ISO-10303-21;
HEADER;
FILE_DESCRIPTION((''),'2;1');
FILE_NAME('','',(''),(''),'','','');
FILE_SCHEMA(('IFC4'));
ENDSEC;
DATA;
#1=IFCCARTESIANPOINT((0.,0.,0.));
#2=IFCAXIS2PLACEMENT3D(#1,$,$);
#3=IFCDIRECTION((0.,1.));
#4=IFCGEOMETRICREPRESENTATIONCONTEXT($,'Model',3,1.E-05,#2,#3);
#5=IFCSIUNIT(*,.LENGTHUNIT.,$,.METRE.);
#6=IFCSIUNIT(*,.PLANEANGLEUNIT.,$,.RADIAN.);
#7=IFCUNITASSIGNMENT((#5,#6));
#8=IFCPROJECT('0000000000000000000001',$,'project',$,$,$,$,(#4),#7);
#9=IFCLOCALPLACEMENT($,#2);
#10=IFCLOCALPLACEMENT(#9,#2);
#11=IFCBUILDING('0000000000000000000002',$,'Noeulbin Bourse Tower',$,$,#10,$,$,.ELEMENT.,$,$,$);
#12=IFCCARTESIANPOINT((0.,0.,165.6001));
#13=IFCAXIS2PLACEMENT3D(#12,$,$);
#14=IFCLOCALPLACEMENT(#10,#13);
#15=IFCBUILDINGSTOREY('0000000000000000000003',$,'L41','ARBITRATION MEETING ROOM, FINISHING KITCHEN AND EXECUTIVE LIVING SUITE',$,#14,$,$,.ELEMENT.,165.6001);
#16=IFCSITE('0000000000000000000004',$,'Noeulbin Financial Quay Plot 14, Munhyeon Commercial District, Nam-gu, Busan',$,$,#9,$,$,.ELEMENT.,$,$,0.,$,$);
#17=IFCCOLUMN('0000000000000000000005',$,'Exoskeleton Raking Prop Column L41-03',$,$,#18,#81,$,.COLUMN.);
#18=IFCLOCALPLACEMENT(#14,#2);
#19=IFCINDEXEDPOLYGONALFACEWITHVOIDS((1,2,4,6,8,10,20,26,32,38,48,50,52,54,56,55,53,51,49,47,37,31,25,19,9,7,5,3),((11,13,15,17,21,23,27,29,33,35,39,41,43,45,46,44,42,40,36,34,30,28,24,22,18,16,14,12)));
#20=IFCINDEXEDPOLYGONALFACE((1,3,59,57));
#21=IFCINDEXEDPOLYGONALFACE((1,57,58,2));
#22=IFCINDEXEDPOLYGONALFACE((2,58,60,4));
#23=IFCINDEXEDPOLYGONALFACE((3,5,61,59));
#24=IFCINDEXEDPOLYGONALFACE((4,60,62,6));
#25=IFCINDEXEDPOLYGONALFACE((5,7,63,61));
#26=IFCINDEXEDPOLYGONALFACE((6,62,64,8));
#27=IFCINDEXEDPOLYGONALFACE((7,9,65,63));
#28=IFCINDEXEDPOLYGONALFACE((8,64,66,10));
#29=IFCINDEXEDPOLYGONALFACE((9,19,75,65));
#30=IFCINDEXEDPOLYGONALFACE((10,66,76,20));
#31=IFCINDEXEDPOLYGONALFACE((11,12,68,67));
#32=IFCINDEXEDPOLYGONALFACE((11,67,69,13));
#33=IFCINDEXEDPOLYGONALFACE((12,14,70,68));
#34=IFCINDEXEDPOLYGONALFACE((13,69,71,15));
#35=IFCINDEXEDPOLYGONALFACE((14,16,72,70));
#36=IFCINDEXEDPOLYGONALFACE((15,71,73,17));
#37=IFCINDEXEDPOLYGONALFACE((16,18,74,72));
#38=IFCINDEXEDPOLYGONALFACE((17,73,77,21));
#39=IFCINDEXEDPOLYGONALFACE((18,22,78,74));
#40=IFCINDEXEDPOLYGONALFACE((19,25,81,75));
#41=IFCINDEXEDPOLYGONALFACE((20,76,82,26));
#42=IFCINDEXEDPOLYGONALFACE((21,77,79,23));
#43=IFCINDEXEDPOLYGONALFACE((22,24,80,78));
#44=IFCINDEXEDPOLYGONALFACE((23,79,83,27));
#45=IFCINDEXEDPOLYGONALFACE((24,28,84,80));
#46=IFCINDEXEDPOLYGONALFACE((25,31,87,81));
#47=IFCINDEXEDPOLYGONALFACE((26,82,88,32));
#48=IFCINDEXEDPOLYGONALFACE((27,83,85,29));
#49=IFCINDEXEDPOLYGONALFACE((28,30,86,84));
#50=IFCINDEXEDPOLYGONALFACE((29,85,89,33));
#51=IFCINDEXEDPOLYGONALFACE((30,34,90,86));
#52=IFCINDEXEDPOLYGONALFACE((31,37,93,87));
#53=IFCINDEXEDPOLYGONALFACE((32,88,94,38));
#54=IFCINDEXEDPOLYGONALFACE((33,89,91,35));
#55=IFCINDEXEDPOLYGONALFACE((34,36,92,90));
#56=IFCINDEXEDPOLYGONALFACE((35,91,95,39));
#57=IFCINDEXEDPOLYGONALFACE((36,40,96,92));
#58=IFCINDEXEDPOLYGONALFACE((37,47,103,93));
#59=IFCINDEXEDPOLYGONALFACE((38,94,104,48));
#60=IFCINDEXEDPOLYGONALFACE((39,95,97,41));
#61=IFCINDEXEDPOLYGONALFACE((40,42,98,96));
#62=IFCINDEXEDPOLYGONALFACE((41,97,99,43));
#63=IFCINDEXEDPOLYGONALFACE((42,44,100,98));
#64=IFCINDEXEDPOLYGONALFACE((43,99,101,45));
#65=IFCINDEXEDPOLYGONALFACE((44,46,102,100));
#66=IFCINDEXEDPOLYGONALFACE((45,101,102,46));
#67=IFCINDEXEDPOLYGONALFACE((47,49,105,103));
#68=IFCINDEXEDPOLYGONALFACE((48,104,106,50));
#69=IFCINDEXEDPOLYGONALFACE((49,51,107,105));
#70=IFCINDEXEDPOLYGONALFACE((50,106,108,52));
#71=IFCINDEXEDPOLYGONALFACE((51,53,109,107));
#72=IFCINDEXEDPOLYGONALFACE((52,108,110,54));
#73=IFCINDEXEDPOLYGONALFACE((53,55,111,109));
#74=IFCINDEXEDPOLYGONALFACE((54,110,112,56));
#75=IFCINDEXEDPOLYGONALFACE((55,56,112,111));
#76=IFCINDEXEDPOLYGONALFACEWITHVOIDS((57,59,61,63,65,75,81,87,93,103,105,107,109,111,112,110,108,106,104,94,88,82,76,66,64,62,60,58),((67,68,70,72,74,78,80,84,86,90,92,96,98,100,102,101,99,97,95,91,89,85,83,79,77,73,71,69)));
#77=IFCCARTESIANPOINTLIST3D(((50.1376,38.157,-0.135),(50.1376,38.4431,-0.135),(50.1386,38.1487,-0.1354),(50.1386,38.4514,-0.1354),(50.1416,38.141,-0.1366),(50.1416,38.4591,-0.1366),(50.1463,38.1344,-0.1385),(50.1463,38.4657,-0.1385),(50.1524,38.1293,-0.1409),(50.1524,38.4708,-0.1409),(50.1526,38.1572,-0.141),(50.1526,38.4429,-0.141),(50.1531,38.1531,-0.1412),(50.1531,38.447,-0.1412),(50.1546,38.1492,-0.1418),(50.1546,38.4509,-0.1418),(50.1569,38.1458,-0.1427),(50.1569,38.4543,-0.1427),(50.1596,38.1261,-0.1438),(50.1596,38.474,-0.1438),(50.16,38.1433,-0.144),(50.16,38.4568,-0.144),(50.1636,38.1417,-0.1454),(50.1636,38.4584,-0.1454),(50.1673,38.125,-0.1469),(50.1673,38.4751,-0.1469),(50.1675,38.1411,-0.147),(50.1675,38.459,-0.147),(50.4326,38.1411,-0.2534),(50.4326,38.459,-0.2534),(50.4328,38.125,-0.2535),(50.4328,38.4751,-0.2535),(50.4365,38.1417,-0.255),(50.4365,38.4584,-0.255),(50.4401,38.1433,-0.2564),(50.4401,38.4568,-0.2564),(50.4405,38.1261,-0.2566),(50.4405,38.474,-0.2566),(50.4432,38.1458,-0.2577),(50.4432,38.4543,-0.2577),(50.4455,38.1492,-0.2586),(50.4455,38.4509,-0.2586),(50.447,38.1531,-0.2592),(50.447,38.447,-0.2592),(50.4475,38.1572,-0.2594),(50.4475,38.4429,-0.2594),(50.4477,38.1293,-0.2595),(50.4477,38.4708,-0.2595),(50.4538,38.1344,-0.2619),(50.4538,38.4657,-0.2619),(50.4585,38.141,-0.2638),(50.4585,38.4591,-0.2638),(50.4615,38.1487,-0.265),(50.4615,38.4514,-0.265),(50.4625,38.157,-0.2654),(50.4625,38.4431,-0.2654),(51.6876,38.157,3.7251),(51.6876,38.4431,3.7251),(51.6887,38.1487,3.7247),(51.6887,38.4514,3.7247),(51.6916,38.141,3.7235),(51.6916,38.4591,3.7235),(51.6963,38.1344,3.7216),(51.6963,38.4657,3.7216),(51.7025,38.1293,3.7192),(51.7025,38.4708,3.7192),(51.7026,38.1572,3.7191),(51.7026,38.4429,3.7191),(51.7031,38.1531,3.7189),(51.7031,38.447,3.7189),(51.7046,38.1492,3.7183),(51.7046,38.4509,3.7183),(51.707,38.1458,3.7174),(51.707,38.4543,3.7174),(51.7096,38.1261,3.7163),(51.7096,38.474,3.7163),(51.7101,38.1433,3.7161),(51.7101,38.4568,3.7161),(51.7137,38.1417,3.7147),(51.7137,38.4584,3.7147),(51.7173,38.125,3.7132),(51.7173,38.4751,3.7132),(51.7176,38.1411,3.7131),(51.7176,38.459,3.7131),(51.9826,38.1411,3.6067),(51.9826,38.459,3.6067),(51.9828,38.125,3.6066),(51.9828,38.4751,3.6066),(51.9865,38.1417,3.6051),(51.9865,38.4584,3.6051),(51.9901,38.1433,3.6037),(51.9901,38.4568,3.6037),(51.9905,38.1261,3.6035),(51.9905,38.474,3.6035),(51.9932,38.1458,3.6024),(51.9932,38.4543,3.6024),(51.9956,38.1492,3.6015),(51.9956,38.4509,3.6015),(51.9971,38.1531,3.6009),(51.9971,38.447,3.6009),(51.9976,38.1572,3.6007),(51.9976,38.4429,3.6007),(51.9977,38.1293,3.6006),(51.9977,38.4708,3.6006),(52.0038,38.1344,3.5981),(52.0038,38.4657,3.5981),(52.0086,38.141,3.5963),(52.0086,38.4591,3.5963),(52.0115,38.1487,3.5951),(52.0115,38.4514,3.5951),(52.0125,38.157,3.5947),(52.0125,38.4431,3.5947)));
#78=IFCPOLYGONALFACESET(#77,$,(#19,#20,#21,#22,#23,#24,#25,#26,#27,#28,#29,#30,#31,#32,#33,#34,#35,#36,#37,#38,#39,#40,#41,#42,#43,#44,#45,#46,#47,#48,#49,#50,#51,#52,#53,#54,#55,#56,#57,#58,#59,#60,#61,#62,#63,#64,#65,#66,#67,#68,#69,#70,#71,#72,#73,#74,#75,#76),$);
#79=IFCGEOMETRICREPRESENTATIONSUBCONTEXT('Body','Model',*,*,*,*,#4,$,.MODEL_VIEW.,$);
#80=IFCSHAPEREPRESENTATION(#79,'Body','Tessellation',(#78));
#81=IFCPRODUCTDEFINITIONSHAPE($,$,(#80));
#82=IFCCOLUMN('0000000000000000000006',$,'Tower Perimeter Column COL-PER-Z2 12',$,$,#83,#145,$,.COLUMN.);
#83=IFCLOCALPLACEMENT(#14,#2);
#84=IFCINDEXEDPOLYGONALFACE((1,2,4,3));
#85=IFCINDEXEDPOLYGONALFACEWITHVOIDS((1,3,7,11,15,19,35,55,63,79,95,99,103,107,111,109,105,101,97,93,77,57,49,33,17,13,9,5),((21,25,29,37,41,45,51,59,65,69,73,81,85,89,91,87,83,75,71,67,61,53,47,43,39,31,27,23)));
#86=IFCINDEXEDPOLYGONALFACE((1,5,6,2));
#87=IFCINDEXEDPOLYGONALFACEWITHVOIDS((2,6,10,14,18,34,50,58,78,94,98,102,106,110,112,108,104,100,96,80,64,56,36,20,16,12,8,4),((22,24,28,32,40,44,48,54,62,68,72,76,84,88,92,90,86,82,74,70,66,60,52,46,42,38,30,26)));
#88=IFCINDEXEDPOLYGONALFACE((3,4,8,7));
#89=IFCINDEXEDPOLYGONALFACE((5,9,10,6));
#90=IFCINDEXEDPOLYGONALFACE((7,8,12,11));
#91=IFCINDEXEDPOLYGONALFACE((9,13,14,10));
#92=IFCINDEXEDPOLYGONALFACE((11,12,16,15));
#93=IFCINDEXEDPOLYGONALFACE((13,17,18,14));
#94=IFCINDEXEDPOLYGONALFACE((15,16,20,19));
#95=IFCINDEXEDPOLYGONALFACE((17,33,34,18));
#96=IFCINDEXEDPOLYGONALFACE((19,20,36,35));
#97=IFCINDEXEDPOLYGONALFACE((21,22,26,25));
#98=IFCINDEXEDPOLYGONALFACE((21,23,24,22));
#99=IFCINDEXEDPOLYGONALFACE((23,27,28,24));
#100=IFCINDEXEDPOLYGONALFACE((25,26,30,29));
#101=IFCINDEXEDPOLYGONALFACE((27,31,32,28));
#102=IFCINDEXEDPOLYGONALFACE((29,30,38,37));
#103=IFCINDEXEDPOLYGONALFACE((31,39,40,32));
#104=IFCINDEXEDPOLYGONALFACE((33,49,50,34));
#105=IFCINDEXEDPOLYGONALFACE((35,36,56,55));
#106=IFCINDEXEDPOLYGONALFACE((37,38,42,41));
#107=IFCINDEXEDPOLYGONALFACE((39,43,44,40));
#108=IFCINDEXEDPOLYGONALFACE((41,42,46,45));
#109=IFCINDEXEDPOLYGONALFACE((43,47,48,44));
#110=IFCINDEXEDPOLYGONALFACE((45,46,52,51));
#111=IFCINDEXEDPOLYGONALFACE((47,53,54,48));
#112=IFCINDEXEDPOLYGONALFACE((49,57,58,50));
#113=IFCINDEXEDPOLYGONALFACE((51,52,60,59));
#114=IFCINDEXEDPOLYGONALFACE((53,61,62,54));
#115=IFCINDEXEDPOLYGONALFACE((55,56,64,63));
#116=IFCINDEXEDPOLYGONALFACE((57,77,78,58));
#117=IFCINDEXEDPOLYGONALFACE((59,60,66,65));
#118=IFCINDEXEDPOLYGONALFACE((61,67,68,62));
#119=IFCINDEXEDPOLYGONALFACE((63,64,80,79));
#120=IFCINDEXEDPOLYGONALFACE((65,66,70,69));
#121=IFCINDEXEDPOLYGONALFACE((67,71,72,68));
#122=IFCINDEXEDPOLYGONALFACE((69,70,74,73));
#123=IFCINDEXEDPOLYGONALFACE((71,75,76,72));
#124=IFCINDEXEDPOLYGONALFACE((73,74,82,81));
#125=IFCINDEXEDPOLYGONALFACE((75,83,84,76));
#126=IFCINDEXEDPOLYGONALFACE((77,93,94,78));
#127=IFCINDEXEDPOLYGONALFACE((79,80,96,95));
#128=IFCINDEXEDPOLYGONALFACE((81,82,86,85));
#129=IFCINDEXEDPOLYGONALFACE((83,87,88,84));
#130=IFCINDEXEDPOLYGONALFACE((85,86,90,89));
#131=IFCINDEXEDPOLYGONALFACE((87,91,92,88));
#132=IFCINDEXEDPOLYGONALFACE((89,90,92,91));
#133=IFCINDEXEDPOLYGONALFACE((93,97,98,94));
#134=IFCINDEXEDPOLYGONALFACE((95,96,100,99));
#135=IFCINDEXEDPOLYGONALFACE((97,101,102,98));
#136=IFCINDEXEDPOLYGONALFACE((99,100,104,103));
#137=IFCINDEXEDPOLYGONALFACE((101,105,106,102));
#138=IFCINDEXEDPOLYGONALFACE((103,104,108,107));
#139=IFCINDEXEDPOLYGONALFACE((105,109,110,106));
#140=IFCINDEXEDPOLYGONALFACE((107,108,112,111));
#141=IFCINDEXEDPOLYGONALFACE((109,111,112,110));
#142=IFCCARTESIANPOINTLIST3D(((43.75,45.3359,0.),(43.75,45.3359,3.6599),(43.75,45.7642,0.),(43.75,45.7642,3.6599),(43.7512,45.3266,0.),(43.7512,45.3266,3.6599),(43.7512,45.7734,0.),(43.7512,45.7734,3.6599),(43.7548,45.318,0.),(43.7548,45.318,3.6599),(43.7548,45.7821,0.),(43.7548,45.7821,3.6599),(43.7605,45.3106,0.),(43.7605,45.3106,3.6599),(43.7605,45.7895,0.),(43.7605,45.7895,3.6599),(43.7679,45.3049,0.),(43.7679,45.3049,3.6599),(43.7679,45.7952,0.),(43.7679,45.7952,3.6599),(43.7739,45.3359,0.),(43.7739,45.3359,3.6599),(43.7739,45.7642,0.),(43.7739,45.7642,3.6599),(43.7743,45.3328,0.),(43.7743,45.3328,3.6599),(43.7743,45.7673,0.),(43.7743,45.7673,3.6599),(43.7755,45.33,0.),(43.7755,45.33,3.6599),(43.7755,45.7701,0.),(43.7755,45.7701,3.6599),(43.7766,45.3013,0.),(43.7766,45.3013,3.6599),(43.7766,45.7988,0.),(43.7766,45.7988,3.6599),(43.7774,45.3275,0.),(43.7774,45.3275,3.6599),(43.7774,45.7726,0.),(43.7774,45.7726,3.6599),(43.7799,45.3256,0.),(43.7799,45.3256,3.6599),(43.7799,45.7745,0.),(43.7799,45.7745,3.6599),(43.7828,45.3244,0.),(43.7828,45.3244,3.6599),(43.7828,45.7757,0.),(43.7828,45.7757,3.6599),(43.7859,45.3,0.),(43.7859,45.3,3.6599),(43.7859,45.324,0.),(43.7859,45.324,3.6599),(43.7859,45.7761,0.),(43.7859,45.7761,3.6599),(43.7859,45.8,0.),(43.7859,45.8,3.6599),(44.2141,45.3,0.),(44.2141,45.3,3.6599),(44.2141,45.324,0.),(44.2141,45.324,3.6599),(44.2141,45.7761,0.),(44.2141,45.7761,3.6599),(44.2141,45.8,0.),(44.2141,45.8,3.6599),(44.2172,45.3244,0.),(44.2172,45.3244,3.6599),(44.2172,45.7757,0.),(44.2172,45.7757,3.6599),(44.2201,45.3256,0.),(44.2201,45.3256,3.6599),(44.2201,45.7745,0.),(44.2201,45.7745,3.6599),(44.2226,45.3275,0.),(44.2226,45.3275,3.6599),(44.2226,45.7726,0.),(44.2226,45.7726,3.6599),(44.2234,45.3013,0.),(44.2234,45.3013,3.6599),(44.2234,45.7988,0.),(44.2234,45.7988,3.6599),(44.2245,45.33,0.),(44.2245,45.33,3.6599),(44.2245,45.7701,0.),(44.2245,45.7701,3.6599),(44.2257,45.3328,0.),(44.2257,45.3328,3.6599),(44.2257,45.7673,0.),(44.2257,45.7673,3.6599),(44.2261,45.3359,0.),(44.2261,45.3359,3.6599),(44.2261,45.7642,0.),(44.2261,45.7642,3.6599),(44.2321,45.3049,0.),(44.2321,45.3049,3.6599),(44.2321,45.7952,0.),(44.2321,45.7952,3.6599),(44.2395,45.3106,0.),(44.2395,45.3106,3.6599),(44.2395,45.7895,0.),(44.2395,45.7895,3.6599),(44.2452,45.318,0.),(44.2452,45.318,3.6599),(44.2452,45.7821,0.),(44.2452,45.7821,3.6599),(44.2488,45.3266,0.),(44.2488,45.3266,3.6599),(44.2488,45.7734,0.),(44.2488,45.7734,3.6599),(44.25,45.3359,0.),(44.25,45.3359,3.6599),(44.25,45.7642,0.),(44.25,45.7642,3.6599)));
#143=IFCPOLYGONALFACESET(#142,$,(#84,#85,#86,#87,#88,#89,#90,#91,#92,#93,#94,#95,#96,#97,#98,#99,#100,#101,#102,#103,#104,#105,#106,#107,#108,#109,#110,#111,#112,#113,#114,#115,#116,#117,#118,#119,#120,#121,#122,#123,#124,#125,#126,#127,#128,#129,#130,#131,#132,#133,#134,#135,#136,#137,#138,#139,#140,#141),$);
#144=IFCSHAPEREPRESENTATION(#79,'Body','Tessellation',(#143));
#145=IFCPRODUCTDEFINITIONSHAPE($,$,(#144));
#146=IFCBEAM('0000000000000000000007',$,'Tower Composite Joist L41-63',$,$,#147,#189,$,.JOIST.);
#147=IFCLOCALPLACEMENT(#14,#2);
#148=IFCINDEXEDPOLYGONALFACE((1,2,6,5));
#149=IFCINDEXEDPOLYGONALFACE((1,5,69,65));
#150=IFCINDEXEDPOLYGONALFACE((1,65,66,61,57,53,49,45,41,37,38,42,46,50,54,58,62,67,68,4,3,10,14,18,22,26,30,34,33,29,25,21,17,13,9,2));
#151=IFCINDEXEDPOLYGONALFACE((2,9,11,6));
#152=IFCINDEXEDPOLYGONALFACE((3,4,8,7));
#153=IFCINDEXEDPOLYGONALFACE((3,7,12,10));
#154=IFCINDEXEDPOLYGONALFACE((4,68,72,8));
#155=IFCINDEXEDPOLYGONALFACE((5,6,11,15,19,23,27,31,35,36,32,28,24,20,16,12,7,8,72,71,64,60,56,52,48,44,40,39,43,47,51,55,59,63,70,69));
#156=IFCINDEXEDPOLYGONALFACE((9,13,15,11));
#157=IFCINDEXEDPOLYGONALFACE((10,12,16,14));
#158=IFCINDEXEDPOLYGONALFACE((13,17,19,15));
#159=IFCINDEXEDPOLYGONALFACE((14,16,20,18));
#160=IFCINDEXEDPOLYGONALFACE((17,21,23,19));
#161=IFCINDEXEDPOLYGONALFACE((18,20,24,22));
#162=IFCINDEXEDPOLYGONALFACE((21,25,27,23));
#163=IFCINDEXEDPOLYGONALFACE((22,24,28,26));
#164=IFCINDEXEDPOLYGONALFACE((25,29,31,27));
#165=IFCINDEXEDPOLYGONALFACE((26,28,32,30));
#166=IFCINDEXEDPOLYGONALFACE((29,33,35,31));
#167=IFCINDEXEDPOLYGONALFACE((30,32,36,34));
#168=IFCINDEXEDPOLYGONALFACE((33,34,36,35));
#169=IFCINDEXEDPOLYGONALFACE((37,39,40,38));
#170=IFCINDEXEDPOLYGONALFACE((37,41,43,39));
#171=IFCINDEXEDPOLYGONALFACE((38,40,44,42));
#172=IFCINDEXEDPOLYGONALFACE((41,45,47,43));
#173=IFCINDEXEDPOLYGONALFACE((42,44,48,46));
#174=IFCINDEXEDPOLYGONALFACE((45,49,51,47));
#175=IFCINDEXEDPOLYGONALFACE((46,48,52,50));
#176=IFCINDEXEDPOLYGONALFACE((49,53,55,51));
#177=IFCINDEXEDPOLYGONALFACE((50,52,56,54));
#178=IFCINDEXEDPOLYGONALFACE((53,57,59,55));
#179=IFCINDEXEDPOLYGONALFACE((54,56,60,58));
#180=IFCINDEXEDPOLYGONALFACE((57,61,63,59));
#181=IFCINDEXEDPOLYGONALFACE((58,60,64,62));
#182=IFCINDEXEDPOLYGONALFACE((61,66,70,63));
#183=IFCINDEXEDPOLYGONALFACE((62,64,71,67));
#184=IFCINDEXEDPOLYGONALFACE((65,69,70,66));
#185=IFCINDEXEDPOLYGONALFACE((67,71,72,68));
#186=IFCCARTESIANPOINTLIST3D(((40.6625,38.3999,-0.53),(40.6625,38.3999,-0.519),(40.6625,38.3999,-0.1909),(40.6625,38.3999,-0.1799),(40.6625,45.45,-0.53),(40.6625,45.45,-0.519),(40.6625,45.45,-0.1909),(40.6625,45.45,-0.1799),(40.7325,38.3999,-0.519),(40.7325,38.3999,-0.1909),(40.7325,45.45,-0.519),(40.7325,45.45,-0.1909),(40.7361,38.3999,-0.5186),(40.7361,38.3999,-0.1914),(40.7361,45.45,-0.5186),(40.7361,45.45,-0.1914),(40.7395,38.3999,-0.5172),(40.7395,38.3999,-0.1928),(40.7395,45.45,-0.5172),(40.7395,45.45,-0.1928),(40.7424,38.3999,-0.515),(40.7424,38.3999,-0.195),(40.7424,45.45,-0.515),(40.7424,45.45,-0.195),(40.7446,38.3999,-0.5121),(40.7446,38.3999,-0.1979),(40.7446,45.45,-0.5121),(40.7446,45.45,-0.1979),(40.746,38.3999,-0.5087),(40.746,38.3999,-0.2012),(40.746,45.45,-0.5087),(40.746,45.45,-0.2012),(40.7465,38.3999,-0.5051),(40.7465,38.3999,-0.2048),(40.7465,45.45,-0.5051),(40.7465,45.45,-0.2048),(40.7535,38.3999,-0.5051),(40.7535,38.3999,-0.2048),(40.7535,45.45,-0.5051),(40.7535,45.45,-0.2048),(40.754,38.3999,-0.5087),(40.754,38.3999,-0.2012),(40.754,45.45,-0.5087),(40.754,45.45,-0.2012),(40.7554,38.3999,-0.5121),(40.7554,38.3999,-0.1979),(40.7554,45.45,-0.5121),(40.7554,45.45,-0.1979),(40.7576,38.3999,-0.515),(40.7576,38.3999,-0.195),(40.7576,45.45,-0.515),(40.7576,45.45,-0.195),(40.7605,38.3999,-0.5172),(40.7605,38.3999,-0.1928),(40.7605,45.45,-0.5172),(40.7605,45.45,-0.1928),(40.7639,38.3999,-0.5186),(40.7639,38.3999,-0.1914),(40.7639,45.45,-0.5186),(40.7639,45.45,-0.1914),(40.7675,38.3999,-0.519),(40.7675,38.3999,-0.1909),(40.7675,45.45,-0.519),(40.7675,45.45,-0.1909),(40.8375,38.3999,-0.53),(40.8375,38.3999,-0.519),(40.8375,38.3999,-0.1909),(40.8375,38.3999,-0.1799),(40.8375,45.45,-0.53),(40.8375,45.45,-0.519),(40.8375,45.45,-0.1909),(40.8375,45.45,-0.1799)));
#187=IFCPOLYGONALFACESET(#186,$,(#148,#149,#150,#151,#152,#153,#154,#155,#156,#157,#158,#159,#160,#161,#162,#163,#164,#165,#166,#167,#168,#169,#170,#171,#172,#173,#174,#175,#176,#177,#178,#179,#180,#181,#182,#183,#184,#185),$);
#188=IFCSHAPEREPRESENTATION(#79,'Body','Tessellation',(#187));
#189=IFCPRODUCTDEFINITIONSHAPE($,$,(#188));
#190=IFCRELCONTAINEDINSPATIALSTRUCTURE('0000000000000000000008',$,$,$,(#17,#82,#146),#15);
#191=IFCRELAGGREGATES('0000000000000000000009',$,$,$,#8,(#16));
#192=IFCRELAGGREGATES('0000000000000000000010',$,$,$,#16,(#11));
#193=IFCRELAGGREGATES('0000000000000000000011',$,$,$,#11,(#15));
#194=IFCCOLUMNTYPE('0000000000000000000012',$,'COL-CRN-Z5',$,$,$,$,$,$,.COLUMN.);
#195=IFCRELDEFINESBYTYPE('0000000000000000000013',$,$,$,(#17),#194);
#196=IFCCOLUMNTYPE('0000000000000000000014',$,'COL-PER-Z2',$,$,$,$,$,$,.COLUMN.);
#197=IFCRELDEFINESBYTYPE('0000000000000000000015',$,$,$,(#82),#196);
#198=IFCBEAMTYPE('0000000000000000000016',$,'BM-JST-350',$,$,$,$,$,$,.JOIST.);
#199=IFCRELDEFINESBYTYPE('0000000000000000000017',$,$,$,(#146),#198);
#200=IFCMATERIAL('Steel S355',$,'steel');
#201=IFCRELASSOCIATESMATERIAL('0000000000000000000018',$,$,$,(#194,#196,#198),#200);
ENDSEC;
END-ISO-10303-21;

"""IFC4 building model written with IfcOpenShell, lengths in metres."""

from ifc_helpers import new_model, si_unit, direction, frame, origin, origin_2d, place, context, subcontext, project, spatial, hollow_rectangle, i_section, extrude, material, material_profile, profile_set, type_object, element, save


model = new_model("IFC4")

# Units and contexts
model_context = context("Model", 3, precision=1e-05, world=origin(), true_north=direction((0.0, 1.0)))
body_context = subcontext(model_context, "Body", "Model", "MODEL_VIEW")
ifc_project = project(units=[si_unit("LENGTHUNIT", "METRE"), si_unit("PLANEANGLEUNIT", "RADIAN")], contexts=[model_context])

# Site, building, storey
site_placement = place(None, origin())
site = spatial("IfcSite", under=ifc_project, at=site_placement, Name="Noeulbin Financial Quay Plot 14, Munhyeon Commercial District, Nam-gu, Busan", CompositionType="ELEMENT", RefElevation=0.0)
building_placement = place(site_placement, origin())
building = spatial("IfcBuilding", under=site, at=building_placement, Name="Noeulbin Bourse Tower", CompositionType="ELEMENT")
storey_placement = place(building_placement, frame((0.0, 0.0, 165.6001)))
storey = spatial("IfcBuildingStorey", under=building, at=storey_placement, Name="L41", Description="ARBITRATION MEETING ROOM, FINISHING KITCHEN AND EXECUTIVE LIVING SUITE", CompositionType="ELEMENT", Elevation=165.6001)

# Columns
ifc_material_1 = material(Name="Steel S355", Category="steel")
ifc_material_profile_1 = material_profile(ifc_material_1, hollow_rectangle(XDim=0.3501, YDim=0.3501, WallThickness=0.0161, InnerFilletRadius=0.0161, OuterFilletRadius=0.032, at=origin_2d()), Name="SHS-350x350x16", Category="LoadBearing")
ifc_profile_set_1 = profile_set([ifc_material_profile_1], Name="Steel S355")
column_type_1 = type_object("IfcColumnType", Name="COL-CRN-Z5", PredefinedType="COLUMN", material=ifc_profile_set_1)
column_1_placement = place(storey_placement, frame((50.3, 38.3, -0.2002), z_axis=(0.372635, 0.0, 0.927978), x_axis=(0.0, 1.0, 0.0)))
element("IfcColumn", 1, at=column_1_placement, inside=storey, type_object=column_type_1, Name="Exoskeleton Raking Prop Column L41-03", PredefinedType="COLUMN", context=body_context, shape_type="SweptSolid", body=[
    extrude(hollow_rectangle(XDim=0.3501, YDim=0.3501, WallThickness=0.0161, InnerFilletRadius=0.0161, OuterFilletRadius=0.032, at=origin_2d()), origin(), (0.0, 0.0, 1.0), 4.1597),
])
ifc_material_profile_2 = material_profile(ifc_material_1, hollow_rectangle(XDim=0.5, YDim=0.5, WallThickness=0.0239, InnerFilletRadius=0.012, OuterFilletRadius=0.0359, at=origin_2d()), Name="BOX-500x500x24", Category="LoadBearing")
ifc_profile_set_2 = profile_set([ifc_material_profile_2], Name="Steel S355")
column_type_2 = type_object("IfcColumnType", Name="COL-PER-Z2", PredefinedType="COLUMN", material=ifc_profile_set_2)
column_2_placement = place(storey_placement, frame((44.0, 45.55, 0.0), z_axis=(0.0, 0.0, 1.0), x_axis=(1.0, 0.0, 0.0)))
element("IfcColumn", 2, at=column_2_placement, inside=storey, type_object=column_type_2, Name="Tower Perimeter Column COL-PER-Z2 12", PredefinedType="COLUMN", context=body_context, shape_type="SweptSolid", body=[
    extrude(hollow_rectangle(XDim=0.5, YDim=0.5, WallThickness=0.0239, InnerFilletRadius=0.012, OuterFilletRadius=0.0359, at=origin_2d()), origin(), (0.0, 0.0, 1.0), 3.6599),
])

# Beam
ifc_material_profile_3 = material_profile(ifc_material_1, i_section(OverallWidth=0.175, OverallDepth=0.3501, WebThickness=0.0071, FlangeThickness=0.011, FilletRadius=0.0139, at=origin_2d()), Name="H-350x175x7x11", Category="LoadBearing")
ifc_profile_set_3 = profile_set([ifc_material_profile_3], Name="Steel S355")
beam_type_1 = type_object("IfcBeamType", Name="BM-JST-350", PredefinedType="JOIST", material=ifc_profile_set_3)
for number, where, z_axis, x_axis, name in (
    (3, (40.75, 38.3999, -0.355), (0.0, 1.0, 0.0), (-1.0, 0.0, 0.0), "Tower Composite Joist L41-63"),
):
    element("IfcBeam", number, at=place(storey_placement, frame(where, z_axis=z_axis, x_axis=x_axis)), inside=storey, type_object=beam_type_1, Name=name, PredefinedType="JOIST", context=body_context, shape_type="SweptSolid", body=[
        extrude(i_section(OverallWidth=0.175, OverallDepth=0.3501, WebThickness=0.0071, FlangeThickness=0.011, FilletRadius=0.0139, at=origin_2d()), origin(), (0.0, 0.0, 1.0), 7.05),
    ])

save(model, "model.ifc")
